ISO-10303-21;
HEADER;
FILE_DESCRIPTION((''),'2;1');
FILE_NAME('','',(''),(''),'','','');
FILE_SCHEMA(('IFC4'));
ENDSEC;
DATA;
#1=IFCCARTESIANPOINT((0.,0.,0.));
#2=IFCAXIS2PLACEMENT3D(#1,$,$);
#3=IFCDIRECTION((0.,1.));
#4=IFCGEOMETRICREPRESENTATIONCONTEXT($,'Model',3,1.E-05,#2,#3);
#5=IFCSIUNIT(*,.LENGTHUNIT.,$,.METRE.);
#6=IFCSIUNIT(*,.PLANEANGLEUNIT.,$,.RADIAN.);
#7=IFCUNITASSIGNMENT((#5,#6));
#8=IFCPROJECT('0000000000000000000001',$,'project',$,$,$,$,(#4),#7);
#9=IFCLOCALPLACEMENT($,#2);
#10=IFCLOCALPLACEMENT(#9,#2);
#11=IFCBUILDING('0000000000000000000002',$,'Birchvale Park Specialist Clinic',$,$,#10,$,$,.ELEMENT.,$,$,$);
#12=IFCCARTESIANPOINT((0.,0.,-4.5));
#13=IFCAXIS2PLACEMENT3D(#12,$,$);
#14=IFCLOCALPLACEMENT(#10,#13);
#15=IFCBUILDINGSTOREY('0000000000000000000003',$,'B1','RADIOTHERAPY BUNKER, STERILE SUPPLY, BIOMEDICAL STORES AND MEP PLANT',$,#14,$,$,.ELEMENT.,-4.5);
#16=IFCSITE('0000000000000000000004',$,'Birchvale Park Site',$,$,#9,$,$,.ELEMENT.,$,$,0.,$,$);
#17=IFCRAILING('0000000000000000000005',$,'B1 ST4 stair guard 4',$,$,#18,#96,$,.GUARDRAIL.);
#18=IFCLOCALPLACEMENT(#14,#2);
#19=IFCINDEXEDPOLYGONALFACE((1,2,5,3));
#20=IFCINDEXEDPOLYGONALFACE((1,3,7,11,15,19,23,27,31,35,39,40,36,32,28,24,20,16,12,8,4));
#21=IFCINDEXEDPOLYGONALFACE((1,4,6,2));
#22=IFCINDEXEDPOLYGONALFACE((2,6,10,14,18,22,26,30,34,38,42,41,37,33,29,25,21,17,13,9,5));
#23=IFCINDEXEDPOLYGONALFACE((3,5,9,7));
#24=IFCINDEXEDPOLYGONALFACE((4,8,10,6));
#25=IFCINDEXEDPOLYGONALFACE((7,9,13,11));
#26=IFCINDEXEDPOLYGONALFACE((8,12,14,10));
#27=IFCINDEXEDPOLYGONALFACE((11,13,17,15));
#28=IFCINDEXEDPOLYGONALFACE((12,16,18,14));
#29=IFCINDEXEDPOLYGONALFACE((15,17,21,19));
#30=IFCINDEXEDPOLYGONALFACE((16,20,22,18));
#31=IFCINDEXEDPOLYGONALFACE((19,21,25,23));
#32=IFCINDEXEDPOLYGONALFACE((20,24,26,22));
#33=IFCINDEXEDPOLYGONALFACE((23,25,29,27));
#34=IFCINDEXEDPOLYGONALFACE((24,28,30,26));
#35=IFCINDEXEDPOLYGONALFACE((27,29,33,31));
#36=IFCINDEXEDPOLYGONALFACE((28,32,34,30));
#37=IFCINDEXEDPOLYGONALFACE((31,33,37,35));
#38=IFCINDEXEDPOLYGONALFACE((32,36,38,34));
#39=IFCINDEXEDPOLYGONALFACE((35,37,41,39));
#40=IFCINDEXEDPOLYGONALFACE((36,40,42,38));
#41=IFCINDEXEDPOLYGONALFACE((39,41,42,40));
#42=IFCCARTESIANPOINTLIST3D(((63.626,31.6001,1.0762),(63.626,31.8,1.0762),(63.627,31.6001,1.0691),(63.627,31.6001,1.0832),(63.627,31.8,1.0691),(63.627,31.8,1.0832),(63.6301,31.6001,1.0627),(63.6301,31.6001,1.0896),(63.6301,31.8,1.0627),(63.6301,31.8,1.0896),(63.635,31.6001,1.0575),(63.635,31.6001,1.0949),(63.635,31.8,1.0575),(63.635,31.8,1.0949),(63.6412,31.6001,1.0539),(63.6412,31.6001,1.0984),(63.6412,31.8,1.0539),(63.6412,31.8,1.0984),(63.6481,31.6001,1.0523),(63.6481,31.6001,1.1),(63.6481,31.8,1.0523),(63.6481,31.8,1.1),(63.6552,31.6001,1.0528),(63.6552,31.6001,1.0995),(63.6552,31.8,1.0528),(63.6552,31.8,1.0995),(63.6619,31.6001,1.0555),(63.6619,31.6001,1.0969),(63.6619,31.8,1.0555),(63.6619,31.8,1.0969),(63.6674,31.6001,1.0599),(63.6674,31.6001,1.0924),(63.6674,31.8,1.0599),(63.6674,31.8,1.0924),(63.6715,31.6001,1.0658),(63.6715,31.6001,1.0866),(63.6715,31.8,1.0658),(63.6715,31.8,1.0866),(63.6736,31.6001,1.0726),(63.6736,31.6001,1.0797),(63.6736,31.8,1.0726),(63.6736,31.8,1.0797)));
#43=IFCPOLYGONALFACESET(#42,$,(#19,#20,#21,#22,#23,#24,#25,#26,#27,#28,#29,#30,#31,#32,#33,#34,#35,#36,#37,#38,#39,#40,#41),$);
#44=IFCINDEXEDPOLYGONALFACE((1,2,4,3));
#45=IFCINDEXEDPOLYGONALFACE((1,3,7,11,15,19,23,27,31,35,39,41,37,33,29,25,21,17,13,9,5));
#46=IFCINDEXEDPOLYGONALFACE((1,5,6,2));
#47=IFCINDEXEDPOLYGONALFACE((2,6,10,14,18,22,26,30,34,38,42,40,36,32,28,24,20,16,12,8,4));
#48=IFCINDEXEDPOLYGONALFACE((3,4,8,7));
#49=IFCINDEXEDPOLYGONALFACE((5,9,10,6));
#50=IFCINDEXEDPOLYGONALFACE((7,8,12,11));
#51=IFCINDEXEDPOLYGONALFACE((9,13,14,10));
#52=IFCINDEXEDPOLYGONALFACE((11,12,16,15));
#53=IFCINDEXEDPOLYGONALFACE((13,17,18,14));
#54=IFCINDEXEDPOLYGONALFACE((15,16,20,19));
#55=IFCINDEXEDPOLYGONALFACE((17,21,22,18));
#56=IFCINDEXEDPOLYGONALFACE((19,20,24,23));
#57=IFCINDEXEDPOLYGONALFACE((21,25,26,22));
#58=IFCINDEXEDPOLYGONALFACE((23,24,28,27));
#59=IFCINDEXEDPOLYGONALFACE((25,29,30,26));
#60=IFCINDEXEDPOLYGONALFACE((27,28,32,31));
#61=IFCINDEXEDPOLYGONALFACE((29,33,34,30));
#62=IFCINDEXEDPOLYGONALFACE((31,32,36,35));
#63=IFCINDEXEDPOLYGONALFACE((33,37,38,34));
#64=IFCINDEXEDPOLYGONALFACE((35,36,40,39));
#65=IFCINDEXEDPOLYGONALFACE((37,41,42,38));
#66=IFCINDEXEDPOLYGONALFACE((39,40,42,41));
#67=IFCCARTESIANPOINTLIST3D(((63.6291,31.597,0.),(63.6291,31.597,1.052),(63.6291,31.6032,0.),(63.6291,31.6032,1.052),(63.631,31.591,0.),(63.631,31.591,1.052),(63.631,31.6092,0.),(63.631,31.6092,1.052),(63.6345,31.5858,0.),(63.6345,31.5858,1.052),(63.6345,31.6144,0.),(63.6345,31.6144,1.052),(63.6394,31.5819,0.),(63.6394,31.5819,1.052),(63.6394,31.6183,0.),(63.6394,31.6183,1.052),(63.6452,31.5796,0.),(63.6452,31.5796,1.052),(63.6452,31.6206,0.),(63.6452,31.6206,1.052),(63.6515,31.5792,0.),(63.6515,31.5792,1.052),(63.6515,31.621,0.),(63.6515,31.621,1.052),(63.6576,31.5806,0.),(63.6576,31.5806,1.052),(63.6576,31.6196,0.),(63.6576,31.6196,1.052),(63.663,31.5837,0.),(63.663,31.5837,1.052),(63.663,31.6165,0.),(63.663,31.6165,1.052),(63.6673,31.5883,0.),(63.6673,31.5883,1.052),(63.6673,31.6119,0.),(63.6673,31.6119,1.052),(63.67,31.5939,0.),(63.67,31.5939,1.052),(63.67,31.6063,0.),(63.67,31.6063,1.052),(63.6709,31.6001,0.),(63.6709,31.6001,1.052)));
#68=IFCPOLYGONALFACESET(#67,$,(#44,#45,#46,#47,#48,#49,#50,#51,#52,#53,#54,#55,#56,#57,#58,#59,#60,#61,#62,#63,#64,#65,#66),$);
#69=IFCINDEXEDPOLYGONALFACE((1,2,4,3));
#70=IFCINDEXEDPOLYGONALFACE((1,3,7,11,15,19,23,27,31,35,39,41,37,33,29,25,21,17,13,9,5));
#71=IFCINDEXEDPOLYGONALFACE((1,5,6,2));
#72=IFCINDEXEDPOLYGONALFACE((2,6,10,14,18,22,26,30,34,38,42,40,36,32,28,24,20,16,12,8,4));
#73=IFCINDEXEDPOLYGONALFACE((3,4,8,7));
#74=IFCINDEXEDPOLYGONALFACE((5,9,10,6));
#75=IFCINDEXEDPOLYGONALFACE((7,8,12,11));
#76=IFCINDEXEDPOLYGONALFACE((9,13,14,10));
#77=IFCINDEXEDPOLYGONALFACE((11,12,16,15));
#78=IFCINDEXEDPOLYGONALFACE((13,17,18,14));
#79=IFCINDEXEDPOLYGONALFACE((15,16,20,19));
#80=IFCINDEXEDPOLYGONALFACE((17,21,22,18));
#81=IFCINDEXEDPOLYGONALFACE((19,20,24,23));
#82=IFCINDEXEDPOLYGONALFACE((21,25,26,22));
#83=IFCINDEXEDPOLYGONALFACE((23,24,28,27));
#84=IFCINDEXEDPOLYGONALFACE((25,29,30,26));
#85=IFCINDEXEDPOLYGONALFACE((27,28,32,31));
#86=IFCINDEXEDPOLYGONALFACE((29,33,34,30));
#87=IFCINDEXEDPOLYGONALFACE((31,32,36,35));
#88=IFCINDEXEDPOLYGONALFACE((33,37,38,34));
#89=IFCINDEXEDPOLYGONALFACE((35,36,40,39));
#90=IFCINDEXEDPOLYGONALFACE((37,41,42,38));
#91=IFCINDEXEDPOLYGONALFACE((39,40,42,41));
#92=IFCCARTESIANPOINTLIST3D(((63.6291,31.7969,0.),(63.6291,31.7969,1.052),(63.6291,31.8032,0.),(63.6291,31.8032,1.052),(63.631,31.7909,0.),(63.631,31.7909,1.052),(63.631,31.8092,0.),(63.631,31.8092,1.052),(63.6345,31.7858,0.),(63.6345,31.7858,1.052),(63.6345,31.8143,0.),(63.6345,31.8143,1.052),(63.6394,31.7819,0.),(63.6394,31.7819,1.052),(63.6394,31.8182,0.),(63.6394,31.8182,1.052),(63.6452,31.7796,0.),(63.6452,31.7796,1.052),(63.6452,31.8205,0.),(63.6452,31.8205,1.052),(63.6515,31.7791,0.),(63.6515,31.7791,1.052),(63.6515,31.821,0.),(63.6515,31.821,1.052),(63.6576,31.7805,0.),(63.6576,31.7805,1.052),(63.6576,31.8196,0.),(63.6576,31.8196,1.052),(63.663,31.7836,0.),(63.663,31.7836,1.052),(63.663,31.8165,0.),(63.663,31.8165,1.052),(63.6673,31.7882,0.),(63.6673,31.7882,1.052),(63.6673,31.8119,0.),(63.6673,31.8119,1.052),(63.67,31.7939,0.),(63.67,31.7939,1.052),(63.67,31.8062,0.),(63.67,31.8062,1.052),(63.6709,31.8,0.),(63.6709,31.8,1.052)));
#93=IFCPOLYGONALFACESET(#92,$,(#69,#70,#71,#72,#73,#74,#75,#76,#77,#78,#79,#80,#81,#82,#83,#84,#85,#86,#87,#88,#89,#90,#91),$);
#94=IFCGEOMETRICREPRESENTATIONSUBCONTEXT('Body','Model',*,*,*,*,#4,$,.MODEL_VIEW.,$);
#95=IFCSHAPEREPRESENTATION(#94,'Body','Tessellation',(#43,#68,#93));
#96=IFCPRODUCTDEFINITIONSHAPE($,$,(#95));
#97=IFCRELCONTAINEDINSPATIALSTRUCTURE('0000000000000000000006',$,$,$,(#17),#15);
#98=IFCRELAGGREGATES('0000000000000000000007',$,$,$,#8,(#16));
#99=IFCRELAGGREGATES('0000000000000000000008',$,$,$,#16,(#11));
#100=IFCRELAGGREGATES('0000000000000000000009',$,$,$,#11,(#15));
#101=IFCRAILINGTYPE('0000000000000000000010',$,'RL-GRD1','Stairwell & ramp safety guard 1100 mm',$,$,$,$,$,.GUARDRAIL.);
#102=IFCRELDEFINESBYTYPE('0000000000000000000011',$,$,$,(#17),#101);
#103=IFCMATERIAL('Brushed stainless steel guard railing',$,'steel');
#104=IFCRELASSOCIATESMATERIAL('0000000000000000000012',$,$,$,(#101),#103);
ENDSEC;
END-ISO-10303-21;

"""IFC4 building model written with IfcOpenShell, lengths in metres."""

from ifc_helpers import new_model, si_unit, direction, frame, origin, origin_2d, place, context, subcontext, project, spatial, circle, extrude, material, type_object, element, save


model = new_model("IFC4")

# Units and contexts
model_context = context("Model", 3, precision=1e-05, world=origin(), true_north=direction((0.0, 1.0)))
body_context = subcontext(model_context, "Body", "Model", "MODEL_VIEW")
ifc_project = project(units=[si_unit("LENGTHUNIT", "METRE"), si_unit("PLANEANGLEUNIT", "RADIAN")], contexts=[model_context])

# Site, building, storey
site_placement = place(None, origin())
site = spatial("IfcSite", under=ifc_project, at=site_placement, Name="Birchvale Park Site", CompositionType="ELEMENT", RefElevation=0.0)
building_placement = place(site_placement, origin())
building = spatial("IfcBuilding", under=site, at=building_placement, Name="Birchvale Park Specialist Clinic", CompositionType="ELEMENT")
storey_placement = place(building_placement, frame((0.0, 0.0, -4.5)))
storey = spatial("IfcBuildingStorey", under=building, at=storey_placement, Name="B1", Description="RADIOTHERAPY BUNKER, STERILE SUPPLY, BIOMEDICAL STORES AND MEP PLANT", CompositionType="ELEMENT", Elevation=-4.5)

# Railing
ifc_material_1 = material(Name="Brushed stainless steel guard railing", Category="steel")
railing_type_1 = type_object("IfcRailingType", Name="RL-GRD1", Description="Stairwell & ramp safety guard 1100 mm", PredefinedType="GUARDRAIL", material=ifc_material_1)
railing_1_placement = place(storey_placement, frame((63.6499, 31.6001, 0.0)))
element("IfcRailing", 1, at=railing_1_placement, inside=storey, type_object=railing_type_1, Name="B1 ST4 stair guard 4", PredefinedType="GUARDRAIL", context=body_context, shape_type="SweptSolid", body=[
    extrude(circle(Radius=0.0239, at=origin_2d()), frame((0.0, 0.0, 1.0762), z_axis=(0.0, 1.0, 0.0), x_axis=(-1.0, 0.0, 0.0)), (0.0, 0.0, 1.0), 0.2),
    extrude(circle(Radius=0.021, at=origin_2d()), origin(), (0.0, 0.0, 1.0), 1.052),
    extrude(circle(Radius=0.021, at=origin_2d()), frame((0.0, 0.2, 0.0)), (0.0, 0.0, 1.0), 1.052),
])

save(model, "model.ifc")
